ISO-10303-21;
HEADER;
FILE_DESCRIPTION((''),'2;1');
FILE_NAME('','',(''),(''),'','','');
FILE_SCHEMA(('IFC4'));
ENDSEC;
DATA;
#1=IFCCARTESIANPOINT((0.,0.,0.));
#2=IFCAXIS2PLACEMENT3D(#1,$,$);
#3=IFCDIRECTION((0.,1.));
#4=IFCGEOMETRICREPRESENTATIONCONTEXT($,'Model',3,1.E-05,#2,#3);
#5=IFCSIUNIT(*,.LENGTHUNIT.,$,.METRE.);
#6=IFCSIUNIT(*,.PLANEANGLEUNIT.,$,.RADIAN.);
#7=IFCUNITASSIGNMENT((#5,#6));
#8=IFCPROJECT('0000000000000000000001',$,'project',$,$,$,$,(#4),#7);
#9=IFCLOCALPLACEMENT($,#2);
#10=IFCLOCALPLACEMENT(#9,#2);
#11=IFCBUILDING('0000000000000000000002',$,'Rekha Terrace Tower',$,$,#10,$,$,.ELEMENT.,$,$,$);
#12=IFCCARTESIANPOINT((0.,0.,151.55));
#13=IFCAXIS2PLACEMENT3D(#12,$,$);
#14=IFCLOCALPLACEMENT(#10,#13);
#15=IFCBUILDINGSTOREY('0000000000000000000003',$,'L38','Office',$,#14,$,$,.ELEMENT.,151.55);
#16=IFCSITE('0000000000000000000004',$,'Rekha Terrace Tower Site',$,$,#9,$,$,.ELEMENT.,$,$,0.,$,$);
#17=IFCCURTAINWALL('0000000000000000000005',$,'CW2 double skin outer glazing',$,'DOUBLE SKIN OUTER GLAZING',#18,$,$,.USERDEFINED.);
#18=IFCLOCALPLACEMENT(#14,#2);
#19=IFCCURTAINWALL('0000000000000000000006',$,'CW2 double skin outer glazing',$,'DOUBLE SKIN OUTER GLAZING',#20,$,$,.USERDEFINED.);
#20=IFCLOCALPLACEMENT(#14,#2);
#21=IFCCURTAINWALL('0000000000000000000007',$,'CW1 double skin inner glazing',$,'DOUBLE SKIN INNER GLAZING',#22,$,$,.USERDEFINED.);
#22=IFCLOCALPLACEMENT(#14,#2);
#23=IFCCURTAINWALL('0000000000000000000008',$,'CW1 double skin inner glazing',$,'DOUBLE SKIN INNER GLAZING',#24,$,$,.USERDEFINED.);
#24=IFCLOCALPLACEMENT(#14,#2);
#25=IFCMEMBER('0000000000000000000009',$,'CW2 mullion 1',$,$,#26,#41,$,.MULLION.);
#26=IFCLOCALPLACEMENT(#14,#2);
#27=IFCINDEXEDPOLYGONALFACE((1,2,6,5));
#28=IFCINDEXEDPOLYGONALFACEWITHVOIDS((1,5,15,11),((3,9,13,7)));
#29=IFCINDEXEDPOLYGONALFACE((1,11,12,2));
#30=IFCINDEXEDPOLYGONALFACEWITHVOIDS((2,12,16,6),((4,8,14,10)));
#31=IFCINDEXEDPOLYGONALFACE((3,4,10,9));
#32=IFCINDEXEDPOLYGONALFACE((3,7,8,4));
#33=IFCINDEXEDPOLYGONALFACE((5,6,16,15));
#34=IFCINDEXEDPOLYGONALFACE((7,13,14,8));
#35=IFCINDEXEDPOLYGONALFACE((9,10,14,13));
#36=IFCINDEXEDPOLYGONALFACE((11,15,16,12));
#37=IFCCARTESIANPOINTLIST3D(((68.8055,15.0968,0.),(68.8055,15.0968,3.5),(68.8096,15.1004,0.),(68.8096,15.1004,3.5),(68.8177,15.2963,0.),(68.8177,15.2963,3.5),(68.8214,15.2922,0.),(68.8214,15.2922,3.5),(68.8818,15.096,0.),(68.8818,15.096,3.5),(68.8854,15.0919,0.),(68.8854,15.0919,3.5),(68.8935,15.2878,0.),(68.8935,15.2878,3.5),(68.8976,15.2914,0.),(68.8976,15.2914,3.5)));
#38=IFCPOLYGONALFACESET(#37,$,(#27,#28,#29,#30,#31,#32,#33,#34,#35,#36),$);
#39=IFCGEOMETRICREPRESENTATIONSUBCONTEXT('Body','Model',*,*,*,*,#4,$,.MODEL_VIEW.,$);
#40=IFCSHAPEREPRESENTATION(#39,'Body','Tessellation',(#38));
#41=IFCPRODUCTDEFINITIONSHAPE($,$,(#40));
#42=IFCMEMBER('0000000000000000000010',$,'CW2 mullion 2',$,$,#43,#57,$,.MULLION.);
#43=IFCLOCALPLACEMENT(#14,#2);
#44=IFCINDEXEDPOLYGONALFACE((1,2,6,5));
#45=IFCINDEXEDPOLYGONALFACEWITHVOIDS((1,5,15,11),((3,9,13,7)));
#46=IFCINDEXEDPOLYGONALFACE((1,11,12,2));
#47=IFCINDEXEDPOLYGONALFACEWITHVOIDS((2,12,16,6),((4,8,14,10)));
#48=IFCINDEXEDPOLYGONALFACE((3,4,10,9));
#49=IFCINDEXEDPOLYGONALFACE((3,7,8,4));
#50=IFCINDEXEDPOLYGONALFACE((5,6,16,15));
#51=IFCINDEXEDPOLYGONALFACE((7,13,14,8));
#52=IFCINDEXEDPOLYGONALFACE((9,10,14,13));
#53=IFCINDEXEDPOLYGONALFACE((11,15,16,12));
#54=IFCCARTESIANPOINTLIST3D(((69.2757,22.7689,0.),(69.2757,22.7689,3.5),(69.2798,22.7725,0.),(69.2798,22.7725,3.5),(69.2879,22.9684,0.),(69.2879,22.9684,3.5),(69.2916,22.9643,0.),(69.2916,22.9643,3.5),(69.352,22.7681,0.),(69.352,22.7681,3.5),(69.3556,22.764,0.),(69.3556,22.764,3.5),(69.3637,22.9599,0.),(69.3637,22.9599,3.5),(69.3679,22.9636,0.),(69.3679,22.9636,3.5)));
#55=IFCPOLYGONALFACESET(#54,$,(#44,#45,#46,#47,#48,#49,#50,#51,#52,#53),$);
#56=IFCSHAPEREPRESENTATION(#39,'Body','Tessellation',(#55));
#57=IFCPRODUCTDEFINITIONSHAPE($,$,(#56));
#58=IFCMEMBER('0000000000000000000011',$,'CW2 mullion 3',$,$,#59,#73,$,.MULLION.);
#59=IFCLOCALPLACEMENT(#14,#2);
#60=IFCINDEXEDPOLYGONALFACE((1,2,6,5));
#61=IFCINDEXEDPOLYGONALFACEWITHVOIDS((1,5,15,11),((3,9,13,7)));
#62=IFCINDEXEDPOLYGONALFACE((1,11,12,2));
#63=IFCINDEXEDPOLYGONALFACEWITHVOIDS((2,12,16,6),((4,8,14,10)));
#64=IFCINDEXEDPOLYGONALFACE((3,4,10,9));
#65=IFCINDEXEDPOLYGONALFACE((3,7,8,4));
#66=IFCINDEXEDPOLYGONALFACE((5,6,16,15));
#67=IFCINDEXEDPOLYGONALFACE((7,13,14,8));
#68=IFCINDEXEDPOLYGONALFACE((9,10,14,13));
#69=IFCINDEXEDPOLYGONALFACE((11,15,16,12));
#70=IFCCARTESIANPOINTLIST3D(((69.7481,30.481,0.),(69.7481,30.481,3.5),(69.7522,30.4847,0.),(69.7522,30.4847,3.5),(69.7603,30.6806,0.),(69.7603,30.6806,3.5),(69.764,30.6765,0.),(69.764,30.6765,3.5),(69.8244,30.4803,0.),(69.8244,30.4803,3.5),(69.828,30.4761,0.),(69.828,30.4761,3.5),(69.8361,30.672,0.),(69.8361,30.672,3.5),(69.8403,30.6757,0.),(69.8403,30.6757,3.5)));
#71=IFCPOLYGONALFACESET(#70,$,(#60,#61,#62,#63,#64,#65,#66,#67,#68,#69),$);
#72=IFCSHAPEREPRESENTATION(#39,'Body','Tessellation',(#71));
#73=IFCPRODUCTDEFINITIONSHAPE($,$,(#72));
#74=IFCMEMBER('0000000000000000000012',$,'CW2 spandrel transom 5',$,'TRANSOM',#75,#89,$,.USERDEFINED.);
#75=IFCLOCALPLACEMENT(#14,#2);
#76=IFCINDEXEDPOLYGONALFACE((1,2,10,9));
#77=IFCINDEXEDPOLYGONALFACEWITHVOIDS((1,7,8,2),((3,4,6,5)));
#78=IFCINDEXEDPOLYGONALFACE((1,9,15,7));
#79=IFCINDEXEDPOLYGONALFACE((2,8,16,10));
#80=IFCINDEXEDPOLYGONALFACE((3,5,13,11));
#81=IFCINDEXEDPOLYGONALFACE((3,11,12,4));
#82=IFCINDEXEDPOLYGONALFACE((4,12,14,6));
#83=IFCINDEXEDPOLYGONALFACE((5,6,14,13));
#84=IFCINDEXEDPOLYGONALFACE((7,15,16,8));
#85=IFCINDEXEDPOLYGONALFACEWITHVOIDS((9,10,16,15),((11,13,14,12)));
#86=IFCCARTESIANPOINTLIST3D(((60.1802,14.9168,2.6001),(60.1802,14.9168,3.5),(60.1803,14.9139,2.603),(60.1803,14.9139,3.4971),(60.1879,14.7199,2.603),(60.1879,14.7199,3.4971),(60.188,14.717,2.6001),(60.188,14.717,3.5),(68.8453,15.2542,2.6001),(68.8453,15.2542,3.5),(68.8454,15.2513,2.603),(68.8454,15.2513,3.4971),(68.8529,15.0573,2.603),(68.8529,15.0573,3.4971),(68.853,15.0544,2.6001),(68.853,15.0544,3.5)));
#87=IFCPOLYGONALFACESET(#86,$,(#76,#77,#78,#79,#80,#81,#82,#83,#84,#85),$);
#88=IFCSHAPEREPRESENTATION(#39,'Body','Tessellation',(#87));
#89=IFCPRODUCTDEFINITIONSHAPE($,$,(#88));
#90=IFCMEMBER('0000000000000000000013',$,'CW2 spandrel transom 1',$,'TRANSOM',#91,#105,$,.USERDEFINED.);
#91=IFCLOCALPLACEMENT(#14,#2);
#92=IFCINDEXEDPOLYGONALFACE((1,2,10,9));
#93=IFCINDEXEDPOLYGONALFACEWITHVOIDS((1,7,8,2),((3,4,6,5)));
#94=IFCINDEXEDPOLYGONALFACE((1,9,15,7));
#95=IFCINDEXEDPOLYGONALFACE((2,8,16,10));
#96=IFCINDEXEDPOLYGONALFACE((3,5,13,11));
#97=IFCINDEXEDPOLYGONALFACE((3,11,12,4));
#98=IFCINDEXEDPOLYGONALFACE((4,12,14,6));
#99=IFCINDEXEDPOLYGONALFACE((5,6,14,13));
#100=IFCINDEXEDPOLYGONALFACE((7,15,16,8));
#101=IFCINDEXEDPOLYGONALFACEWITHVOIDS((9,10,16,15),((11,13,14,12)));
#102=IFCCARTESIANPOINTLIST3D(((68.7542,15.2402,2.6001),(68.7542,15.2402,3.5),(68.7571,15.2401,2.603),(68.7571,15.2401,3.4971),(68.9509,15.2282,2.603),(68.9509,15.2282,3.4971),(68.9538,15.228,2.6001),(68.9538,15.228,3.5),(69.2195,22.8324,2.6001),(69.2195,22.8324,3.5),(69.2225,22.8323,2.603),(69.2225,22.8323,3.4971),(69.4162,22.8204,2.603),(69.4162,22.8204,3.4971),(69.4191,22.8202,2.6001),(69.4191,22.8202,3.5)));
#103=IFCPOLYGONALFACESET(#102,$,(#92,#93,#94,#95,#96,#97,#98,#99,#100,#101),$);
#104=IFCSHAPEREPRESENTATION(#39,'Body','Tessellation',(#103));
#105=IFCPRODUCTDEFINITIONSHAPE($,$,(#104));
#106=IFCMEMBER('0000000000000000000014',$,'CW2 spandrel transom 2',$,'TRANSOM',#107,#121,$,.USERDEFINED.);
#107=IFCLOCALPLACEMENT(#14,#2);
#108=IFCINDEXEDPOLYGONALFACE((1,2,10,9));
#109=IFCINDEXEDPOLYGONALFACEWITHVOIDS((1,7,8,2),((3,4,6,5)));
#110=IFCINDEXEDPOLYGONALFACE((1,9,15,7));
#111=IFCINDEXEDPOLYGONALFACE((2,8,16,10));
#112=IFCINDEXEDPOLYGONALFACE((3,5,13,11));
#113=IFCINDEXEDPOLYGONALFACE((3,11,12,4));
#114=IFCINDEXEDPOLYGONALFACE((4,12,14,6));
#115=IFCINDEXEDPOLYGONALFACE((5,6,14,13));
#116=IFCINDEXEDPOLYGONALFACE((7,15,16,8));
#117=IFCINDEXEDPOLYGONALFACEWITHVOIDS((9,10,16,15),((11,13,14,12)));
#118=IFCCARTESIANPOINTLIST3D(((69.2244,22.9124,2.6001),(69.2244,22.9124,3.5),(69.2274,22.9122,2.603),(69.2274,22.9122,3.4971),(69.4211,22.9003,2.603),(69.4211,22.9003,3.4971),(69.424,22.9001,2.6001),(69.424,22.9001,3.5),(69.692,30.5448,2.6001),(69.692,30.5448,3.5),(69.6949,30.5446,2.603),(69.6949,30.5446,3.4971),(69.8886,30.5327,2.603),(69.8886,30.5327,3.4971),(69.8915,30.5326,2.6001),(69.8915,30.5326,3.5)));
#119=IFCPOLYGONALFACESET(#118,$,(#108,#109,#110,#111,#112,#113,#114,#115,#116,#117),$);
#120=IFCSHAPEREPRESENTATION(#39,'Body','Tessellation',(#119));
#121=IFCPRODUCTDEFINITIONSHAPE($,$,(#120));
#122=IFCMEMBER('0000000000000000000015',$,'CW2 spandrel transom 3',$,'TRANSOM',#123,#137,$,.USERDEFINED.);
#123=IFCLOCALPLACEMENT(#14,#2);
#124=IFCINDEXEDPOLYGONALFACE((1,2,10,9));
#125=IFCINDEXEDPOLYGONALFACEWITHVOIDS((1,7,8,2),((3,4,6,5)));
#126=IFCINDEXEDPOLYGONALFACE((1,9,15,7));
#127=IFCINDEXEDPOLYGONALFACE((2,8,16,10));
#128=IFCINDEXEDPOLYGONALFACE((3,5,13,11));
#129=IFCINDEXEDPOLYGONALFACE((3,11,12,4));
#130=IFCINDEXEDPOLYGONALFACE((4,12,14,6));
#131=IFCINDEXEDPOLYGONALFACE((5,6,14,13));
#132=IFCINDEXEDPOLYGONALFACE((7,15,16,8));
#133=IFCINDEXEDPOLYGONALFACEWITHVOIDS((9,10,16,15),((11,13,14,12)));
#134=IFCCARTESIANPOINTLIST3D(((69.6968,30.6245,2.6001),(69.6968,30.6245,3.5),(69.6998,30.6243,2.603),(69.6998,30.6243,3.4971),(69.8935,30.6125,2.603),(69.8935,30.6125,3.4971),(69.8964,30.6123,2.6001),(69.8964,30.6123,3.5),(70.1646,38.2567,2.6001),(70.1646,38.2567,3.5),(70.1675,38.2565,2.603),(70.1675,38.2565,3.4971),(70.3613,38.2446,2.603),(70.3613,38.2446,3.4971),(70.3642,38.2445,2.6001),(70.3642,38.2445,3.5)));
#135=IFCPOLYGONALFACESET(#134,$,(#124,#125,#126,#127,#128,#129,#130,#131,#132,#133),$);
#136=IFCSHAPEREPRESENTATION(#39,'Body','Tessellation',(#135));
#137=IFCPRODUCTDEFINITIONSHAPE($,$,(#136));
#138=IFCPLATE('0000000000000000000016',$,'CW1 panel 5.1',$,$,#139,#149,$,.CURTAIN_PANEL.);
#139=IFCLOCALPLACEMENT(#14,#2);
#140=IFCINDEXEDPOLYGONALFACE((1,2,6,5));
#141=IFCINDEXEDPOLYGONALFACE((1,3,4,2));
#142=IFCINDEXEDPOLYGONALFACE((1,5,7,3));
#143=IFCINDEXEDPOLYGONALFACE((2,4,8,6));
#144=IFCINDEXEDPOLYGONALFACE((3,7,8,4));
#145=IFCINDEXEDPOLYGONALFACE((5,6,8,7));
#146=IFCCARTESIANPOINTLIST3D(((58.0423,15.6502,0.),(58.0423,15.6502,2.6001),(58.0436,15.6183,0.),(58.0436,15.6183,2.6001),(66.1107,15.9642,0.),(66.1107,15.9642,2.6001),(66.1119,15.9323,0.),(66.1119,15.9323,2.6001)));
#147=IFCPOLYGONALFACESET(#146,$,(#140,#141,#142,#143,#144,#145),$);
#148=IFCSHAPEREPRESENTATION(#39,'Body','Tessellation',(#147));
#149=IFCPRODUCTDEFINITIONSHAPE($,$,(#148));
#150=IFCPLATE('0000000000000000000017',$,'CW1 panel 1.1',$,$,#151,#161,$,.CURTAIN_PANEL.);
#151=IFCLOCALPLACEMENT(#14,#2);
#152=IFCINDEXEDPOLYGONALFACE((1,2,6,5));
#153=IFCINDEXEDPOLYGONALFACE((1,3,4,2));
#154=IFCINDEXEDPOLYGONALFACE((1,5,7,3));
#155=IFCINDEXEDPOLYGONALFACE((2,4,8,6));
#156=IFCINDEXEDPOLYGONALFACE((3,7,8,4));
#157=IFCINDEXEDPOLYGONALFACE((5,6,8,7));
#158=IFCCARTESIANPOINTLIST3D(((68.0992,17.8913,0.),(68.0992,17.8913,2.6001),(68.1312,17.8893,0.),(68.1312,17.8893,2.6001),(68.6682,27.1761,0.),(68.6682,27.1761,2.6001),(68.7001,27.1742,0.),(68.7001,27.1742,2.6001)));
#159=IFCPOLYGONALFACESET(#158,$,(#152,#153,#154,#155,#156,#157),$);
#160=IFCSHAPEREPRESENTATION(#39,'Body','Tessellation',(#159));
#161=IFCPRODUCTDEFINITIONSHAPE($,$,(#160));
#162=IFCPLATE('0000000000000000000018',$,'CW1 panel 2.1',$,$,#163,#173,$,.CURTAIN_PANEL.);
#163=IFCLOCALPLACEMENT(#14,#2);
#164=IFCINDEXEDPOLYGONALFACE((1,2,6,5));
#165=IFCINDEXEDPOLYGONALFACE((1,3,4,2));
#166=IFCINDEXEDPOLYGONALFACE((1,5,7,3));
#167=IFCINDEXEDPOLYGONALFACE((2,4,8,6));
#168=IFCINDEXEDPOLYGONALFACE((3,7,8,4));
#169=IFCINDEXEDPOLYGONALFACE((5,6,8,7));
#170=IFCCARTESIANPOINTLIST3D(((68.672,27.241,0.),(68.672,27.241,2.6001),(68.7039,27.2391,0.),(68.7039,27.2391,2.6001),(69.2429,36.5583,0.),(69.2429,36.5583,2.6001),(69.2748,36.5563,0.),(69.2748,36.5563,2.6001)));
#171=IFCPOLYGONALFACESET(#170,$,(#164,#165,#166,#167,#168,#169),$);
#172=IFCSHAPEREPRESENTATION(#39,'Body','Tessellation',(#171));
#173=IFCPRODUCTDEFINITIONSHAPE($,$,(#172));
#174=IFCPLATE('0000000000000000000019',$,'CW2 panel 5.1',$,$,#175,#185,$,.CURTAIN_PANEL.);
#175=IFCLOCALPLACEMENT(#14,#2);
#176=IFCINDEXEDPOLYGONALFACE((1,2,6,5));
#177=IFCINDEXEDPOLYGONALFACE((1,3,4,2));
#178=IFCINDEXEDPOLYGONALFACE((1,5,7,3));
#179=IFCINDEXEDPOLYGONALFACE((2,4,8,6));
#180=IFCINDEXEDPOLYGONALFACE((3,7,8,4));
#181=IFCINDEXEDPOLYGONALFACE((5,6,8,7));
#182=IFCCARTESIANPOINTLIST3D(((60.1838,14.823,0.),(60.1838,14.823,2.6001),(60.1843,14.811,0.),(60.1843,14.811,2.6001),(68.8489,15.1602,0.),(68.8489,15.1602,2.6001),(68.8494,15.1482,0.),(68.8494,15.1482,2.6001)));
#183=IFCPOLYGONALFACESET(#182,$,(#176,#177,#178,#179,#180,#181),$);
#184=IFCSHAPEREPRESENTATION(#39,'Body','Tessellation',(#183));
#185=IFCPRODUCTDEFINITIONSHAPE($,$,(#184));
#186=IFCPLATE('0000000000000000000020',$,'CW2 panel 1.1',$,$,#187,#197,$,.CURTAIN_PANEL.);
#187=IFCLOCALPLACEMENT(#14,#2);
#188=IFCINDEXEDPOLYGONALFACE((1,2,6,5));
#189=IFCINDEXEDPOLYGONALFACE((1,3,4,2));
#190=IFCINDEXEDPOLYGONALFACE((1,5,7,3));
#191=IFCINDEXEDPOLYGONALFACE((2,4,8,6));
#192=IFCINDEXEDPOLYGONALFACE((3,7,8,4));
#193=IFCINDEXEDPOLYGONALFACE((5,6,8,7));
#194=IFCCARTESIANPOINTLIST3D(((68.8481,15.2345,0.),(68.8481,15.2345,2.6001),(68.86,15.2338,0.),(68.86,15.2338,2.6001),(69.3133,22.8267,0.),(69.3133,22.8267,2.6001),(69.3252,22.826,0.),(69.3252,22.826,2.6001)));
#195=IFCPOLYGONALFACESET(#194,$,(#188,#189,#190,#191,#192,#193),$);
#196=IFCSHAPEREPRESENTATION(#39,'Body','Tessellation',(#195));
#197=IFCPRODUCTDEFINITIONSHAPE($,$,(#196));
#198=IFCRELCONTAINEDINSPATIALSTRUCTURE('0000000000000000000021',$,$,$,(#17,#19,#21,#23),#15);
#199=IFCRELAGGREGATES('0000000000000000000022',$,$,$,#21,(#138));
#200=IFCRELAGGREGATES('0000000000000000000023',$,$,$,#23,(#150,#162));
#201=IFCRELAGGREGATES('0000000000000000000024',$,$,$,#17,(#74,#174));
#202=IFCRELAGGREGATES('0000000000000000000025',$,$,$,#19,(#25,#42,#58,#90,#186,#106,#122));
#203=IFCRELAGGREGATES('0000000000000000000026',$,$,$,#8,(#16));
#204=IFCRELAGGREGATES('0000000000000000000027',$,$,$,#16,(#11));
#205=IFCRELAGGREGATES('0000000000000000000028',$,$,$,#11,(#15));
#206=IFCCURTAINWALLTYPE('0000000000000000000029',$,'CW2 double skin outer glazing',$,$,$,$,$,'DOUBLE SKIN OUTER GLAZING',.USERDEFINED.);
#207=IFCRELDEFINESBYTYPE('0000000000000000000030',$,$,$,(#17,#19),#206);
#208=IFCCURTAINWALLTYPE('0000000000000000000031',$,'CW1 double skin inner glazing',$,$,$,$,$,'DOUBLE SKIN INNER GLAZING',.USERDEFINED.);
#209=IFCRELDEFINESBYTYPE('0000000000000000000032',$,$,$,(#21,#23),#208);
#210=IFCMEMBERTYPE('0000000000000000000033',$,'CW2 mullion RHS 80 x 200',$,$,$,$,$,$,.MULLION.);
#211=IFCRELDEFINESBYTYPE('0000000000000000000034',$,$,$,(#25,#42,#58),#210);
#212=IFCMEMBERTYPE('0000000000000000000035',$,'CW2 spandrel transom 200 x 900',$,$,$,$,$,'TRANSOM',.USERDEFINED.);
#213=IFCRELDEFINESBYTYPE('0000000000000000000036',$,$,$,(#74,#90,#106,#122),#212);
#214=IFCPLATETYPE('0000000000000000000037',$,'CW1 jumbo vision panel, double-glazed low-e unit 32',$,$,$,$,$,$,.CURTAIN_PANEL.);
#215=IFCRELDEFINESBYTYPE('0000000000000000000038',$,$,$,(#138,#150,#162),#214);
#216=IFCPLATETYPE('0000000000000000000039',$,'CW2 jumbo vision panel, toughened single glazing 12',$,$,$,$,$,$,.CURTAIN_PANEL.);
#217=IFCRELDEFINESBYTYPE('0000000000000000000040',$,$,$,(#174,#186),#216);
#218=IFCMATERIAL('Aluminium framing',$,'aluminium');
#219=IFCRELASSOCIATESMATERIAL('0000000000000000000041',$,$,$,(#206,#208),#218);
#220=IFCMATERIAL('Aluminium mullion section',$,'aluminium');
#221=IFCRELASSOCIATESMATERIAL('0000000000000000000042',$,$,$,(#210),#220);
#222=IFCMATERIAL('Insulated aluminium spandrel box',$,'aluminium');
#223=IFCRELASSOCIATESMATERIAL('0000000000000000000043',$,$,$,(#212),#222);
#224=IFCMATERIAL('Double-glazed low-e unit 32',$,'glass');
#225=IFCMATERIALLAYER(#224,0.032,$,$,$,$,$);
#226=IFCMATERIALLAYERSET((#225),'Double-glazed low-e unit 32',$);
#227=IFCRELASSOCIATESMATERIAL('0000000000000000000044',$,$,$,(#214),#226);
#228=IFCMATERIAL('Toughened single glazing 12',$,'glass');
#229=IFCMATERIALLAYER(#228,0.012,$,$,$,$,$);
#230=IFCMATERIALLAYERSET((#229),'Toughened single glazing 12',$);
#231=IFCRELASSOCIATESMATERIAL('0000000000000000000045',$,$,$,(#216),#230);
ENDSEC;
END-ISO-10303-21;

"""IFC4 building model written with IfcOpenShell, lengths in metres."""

from ifc_helpers import new_model, si_unit, direction, frame, origin, origin_2d, place, context, subcontext, project, spatial, rectangle, hollow_rectangle, extrude, material, layer, layer_set, material_profile, profile_set, type_object, element, aggregate, save


model = new_model("IFC4")

# Units and contexts
model_context = context("Model", 3, precision=1e-05, world=origin(), true_north=direction((0.0, 1.0)))
body_context = subcontext(model_context, "Body", "Model", "MODEL_VIEW")
ifc_project = project(units=[si_unit("LENGTHUNIT", "METRE"), si_unit("PLANEANGLEUNIT", "RADIAN")], contexts=[model_context])

# Site, building, storey
site_placement = place(None, origin())
site = spatial("IfcSite", under=ifc_project, at=site_placement, Name="Rekha Terrace Tower Site", CompositionType="ELEMENT", RefElevation=0.0)
building_placement = place(site_placement, origin())
building = spatial("IfcBuilding", under=site, at=building_placement, Name="Rekha Terrace Tower", CompositionType="ELEMENT")
storey_placement = place(building_placement, frame((0.0, 0.0, 151.55)))
storey = spatial("IfcBuildingStorey", under=building, at=storey_placement, Name="L38", Description="Office", CompositionType="ELEMENT", Elevation=151.55)

# Curtain wall
ifc_material_1 = material(Name="Aluminium framing", Category="aluminium")
curtain_wall_type_1 = type_object("IfcCurtainWallType", Name="CW2 double skin outer glazing", ElementType="DOUBLE SKIN OUTER GLAZING", PredefinedType="USERDEFINED", material=ifc_material_1)
curtain_wall_1_placement = place(storey_placement, origin())
curtain_wall_1 = element("IfcCurtainWall", 1, at=curtain_wall_1_placement, inside=storey, type_object=curtain_wall_type_1, Name="CW2 double skin outer glazing", ObjectType="DOUBLE SKIN OUTER GLAZING", PredefinedType="USERDEFINED")

# Curtain wall
curtain_wall_2_placement = place(storey_placement, origin())
curtain_wall_2 = element("IfcCurtainWall", 2, at=curtain_wall_2_placement, inside=storey, type_object=curtain_wall_type_1, Name="CW2 double skin outer glazing", ObjectType="DOUBLE SKIN OUTER GLAZING", PredefinedType="USERDEFINED")

# Curtain wall
curtain_wall_type_2 = type_object("IfcCurtainWallType", Name="CW1 double skin inner glazing", ElementType="DOUBLE SKIN INNER GLAZING", PredefinedType="USERDEFINED", material=ifc_material_1)
curtain_wall_3_placement = place(storey_placement, origin())
curtain_wall_3 = element("IfcCurtainWall", 3, at=curtain_wall_3_placement, inside=storey, type_object=curtain_wall_type_2, Name="CW1 double skin inner glazing", ObjectType="DOUBLE SKIN INNER GLAZING", PredefinedType="USERDEFINED")
ifc_material_2 = material(Name="Aluminium mullion section", Category="aluminium")

# Curtain wall
curtain_wall_4_placement = place(storey_placement, origin())
curtain_wall_4 = element("IfcCurtainWall", 4, at=curtain_wall_4_placement, inside=storey, type_object=curtain_wall_type_2, Name="CW1 double skin inner glazing", ObjectType="DOUBLE SKIN INNER GLAZING", PredefinedType="USERDEFINED")
ifc_material_3 = material(Name="Insulated aluminium spandrel box", Category="aluminium")

# Members
ifc_material_profile_1 = material_profile(ifc_material_2, hollow_rectangle(XDim=0.0801, YDim=0.2, WallThickness=0.0039, at=origin_2d()), Name="AL RHS 80x200")
ifc_profile_set_1 = profile_set([ifc_material_profile_1], Name="Aluminium mullion section")
member_type_1 = type_object("IfcMemberType", Name="CW2 mullion RHS 80 x 200", PredefinedType="MULLION", material=ifc_profile_set_1)
member_1_placement = place(storey_placement, frame((68.8516, 15.1941, 0.0), z_axis=(0.0, 0.0, 1.0), x_axis=(-0.998128, 0.06116, 0.0)))
member_1 = element("IfcMember", 5, at=member_1_placement, type_object=member_type_1, Name="CW2 mullion 1", PredefinedType="MULLION", context=body_context, shape_type="SweptSolid", body=[
    extrude(hollow_rectangle(XDim=0.0801, YDim=0.2, WallThickness=0.0039, at=origin_2d()), origin(), (0.0, 0.0, 1.0), 3.5),
])
member_2_placement = place(storey_placement, frame((69.3218, 22.8662, 0.0), z_axis=(0.0, 0.0, 1.0), x_axis=(-0.998128, 0.06116, 0.0)))
member_2 = element("IfcMember", 6, at=member_2_placement, type_object=member_type_1, Name="CW2 mullion 2", PredefinedType="MULLION", context=body_context, shape_type="SweptSolid", body=[
    extrude(hollow_rectangle(XDim=0.0801, YDim=0.2, WallThickness=0.0039, at=origin_2d()), origin(), (0.0, 0.0, 1.0), 3.5),
])
member_3_placement = place(storey_placement, frame((69.7942, 30.5784, 0.0), z_axis=(0.0, 0.0, 1.0), x_axis=(-0.998128, 0.06116, 0.0)))
member_3 = element("IfcMember", 7, at=member_3_placement, type_object=member_type_1, Name="CW2 mullion 3", PredefinedType="MULLION", context=body_context, shape_type="SweptSolid", body=[
    extrude(hollow_rectangle(XDim=0.0801, YDim=0.2, WallThickness=0.0039, at=origin_2d()), origin(), (0.0, 0.0, 1.0), 3.5),
])
ifc_material_profile_2 = material_profile(ifc_material_3, hollow_rectangle(XDim=0.2, YDim=0.8999, WallThickness=0.0029, at=origin_2d()), Name="AL SPANDREL BOX 200x900")
ifc_profile_set_2 = profile_set([ifc_material_profile_2], Name="Insulated aluminium spandrel box")
member_type_2 = type_object("IfcMemberType", Name="CW2 spandrel transom 200 x 900", ElementType="TRANSOM", PredefinedType="USERDEFINED", material=ifc_profile_set_2)
member_4_placement = place(storey_placement, frame((60.1841, 14.8169, 3.05), z_axis=(0.999243, 0.038909, 0.0), x_axis=(-0.038909, 0.999243, 0.0)))
member_4 = element("IfcMember", 8, at=member_4_placement, type_object=member_type_2, Name="CW2 spandrel transom 5", ObjectType="TRANSOM", PredefinedType="USERDEFINED", context=body_context, shape_type="SweptSolid", body=[
    extrude(hollow_rectangle(XDim=0.2, YDim=0.8999, WallThickness=0.0029, at=origin_2d()), origin(), (0.0, 0.0, 1.0), 8.6716),
])
member_5_placement = place(storey_placement, frame((68.854, 15.2341, 3.05), z_axis=(0.061175, 0.998127, 0.0), x_axis=(-0.998127, 0.061175, 0.0)))
member_5 = element("IfcMember", 9, at=member_5_placement, type_object=member_type_2, Name="CW2 spandrel transom 1", ObjectType="TRANSOM", PredefinedType="USERDEFINED", context=body_context, shape_type="SweptSolid", body=[
    extrude(hollow_rectangle(XDim=0.2, YDim=0.8999, WallThickness=0.0029, at=origin_2d()), origin(), (0.0, 0.0, 1.0), 7.6064),
])
member_6_placement = place(storey_placement, frame((69.3242, 22.9062, 3.05), z_axis=(0.061142, 0.998129, 0.0), x_axis=(-0.998129, 0.061142, 0.0)))
member_6 = element("IfcMember", 10, at=member_6_placement, type_object=member_type_2, Name="CW2 spandrel transom 2", ObjectType="TRANSOM", PredefinedType="USERDEFINED", context=body_context, shape_type="SweptSolid", body=[
    extrude(hollow_rectangle(XDim=0.2, YDim=0.8999, WallThickness=0.0029, at=origin_2d()), origin(), (0.0, 0.0, 1.0), 7.6467),
])
member_7_placement = place(storey_placement, frame((69.7966, 30.6184, 3.05), z_axis=(0.061176, 0.998127, 0.0), x_axis=(-0.998127, 0.061176, 0.0)))
member_7 = element("IfcMember", 11, at=member_7_placement, type_object=member_type_2, Name="CW2 spandrel transom 3", ObjectType="TRANSOM", PredefinedType="USERDEFINED", context=body_context, shape_type="SweptSolid", body=[
    extrude(hollow_rectangle(XDim=0.2, YDim=0.8999, WallThickness=0.0029, at=origin_2d()), origin(), (0.0, 0.0, 1.0), 7.6465),
])

# Plates
ifc_material_4 = material(Name="Double-glazed low-e unit 32", Category="glass")
ifc_layer_1 = layer(ifc_material_4, 0.032)
ifc_layer_set_1 = layer_set([ifc_layer_1], Name="Double-glazed low-e unit 32")
plate_type_1 = type_object("IfcPlateType", Name="CW1 jumbo vision panel, double-glazed low-e unit 32", PredefinedType="CURTAIN_PANEL", material=ifc_layer_set_1)
plate_1_placement = place(storey_placement, frame((62.0771, 15.7913, 0.0), z_axis=(0.0, 0.0, 1.0), x_axis=(0.999243, 0.03889, 0.0)))
plate_1 = element("IfcPlate", 12, at=plate_1_placement, type_object=plate_type_1, Name="CW1 panel 5.1", PredefinedType="CURTAIN_PANEL", context=body_context, shape_type="SweptSolid", body=[
    extrude(rectangle(XDim=8.0745, YDim=0.032, at=origin_2d()), origin(), (0.0, 0.0, 1.0), 2.6001),
])
aggregate(curtain_wall_3, [plate_1])
plate_2_placement = place(storey_placement, frame((68.3997, 22.5327, 0.0), z_axis=(0.0, 0.0, 1.0), x_axis=(0.06116, 0.998128, 0.0)))
plate_2 = element("IfcPlate", 13, at=plate_2_placement, type_object=plate_type_1, Name="CW1 panel 1.1", PredefinedType="CURTAIN_PANEL", context=body_context, shape_type="SweptSolid", body=[
    extrude(rectangle(XDim=9.3022, YDim=0.032, at=origin_2d()), origin(), (0.0, 0.0, 1.0), 2.6001),
])
plate_3_placement = place(storey_placement, frame((68.9734, 31.8987, 0.0), z_axis=(0.0, 0.0, 1.0), x_axis=(0.06116, 0.998128, 0.0)))
plate_3 = element("IfcPlate", 14, at=plate_3_placement, type_object=plate_type_1, Name="CW1 panel 2.1", PredefinedType="CURTAIN_PANEL", context=body_context, shape_type="SweptSolid", body=[
    extrude(rectangle(XDim=9.3347, YDim=0.032, at=origin_2d()), origin(), (0.0, 0.0, 1.0), 2.6001),
])
aggregate(curtain_wall_4, [plate_2, plate_3])
ifc_material_5 = material(Name="Toughened single glazing 12", Category="glass")
ifc_layer_2 = layer(ifc_material_5, 0.012)
ifc_layer_set_2 = layer_set([ifc_layer_2], Name="Toughened single glazing 12")
plate_type_2 = type_object("IfcPlateType", Name="CW2 jumbo vision panel, toughened single glazing 12", PredefinedType="CURTAIN_PANEL", material=ifc_layer_set_2)
plate_4_placement = place(storey_placement, frame((64.5166, 14.9856, 0.0), z_axis=(0.0, 0.0, 1.0), x_axis=(0.999243, 0.03889, 0.0)))
plate_4 = element("IfcPlate", 15, at=plate_4_placement, type_object=plate_type_2, Name="CW2 panel 5.1", PredefinedType="CURTAIN_PANEL", context=body_context, shape_type="SweptSolid", body=[
    extrude(rectangle(XDim=8.6716, YDim=0.012, at=origin_2d()), origin(), (0.0, 0.0, 1.0), 2.6001),
])
aggregate(curtain_wall_1, [member_4, plate_4])
plate_5_placement = place(storey_placement, frame((69.0867, 19.0303, 0.0), z_axis=(0.0, 0.0, 1.0), x_axis=(0.06116, 0.998128, 0.0)))
plate_5 = element("IfcPlate", 16, at=plate_5_placement, type_object=plate_type_2, Name="CW2 panel 1.1", PredefinedType="CURTAIN_PANEL", context=body_context, shape_type="SweptSolid", body=[
    extrude(rectangle(XDim=7.6064, YDim=0.012, at=origin_2d()), origin(), (0.0, 0.0, 1.0), 2.6001),
])
aggregate(curtain_wall_2, [member_1, member_2, member_3, member_5, plate_5, member_6, member_7])

save(model, "model.ifc")
